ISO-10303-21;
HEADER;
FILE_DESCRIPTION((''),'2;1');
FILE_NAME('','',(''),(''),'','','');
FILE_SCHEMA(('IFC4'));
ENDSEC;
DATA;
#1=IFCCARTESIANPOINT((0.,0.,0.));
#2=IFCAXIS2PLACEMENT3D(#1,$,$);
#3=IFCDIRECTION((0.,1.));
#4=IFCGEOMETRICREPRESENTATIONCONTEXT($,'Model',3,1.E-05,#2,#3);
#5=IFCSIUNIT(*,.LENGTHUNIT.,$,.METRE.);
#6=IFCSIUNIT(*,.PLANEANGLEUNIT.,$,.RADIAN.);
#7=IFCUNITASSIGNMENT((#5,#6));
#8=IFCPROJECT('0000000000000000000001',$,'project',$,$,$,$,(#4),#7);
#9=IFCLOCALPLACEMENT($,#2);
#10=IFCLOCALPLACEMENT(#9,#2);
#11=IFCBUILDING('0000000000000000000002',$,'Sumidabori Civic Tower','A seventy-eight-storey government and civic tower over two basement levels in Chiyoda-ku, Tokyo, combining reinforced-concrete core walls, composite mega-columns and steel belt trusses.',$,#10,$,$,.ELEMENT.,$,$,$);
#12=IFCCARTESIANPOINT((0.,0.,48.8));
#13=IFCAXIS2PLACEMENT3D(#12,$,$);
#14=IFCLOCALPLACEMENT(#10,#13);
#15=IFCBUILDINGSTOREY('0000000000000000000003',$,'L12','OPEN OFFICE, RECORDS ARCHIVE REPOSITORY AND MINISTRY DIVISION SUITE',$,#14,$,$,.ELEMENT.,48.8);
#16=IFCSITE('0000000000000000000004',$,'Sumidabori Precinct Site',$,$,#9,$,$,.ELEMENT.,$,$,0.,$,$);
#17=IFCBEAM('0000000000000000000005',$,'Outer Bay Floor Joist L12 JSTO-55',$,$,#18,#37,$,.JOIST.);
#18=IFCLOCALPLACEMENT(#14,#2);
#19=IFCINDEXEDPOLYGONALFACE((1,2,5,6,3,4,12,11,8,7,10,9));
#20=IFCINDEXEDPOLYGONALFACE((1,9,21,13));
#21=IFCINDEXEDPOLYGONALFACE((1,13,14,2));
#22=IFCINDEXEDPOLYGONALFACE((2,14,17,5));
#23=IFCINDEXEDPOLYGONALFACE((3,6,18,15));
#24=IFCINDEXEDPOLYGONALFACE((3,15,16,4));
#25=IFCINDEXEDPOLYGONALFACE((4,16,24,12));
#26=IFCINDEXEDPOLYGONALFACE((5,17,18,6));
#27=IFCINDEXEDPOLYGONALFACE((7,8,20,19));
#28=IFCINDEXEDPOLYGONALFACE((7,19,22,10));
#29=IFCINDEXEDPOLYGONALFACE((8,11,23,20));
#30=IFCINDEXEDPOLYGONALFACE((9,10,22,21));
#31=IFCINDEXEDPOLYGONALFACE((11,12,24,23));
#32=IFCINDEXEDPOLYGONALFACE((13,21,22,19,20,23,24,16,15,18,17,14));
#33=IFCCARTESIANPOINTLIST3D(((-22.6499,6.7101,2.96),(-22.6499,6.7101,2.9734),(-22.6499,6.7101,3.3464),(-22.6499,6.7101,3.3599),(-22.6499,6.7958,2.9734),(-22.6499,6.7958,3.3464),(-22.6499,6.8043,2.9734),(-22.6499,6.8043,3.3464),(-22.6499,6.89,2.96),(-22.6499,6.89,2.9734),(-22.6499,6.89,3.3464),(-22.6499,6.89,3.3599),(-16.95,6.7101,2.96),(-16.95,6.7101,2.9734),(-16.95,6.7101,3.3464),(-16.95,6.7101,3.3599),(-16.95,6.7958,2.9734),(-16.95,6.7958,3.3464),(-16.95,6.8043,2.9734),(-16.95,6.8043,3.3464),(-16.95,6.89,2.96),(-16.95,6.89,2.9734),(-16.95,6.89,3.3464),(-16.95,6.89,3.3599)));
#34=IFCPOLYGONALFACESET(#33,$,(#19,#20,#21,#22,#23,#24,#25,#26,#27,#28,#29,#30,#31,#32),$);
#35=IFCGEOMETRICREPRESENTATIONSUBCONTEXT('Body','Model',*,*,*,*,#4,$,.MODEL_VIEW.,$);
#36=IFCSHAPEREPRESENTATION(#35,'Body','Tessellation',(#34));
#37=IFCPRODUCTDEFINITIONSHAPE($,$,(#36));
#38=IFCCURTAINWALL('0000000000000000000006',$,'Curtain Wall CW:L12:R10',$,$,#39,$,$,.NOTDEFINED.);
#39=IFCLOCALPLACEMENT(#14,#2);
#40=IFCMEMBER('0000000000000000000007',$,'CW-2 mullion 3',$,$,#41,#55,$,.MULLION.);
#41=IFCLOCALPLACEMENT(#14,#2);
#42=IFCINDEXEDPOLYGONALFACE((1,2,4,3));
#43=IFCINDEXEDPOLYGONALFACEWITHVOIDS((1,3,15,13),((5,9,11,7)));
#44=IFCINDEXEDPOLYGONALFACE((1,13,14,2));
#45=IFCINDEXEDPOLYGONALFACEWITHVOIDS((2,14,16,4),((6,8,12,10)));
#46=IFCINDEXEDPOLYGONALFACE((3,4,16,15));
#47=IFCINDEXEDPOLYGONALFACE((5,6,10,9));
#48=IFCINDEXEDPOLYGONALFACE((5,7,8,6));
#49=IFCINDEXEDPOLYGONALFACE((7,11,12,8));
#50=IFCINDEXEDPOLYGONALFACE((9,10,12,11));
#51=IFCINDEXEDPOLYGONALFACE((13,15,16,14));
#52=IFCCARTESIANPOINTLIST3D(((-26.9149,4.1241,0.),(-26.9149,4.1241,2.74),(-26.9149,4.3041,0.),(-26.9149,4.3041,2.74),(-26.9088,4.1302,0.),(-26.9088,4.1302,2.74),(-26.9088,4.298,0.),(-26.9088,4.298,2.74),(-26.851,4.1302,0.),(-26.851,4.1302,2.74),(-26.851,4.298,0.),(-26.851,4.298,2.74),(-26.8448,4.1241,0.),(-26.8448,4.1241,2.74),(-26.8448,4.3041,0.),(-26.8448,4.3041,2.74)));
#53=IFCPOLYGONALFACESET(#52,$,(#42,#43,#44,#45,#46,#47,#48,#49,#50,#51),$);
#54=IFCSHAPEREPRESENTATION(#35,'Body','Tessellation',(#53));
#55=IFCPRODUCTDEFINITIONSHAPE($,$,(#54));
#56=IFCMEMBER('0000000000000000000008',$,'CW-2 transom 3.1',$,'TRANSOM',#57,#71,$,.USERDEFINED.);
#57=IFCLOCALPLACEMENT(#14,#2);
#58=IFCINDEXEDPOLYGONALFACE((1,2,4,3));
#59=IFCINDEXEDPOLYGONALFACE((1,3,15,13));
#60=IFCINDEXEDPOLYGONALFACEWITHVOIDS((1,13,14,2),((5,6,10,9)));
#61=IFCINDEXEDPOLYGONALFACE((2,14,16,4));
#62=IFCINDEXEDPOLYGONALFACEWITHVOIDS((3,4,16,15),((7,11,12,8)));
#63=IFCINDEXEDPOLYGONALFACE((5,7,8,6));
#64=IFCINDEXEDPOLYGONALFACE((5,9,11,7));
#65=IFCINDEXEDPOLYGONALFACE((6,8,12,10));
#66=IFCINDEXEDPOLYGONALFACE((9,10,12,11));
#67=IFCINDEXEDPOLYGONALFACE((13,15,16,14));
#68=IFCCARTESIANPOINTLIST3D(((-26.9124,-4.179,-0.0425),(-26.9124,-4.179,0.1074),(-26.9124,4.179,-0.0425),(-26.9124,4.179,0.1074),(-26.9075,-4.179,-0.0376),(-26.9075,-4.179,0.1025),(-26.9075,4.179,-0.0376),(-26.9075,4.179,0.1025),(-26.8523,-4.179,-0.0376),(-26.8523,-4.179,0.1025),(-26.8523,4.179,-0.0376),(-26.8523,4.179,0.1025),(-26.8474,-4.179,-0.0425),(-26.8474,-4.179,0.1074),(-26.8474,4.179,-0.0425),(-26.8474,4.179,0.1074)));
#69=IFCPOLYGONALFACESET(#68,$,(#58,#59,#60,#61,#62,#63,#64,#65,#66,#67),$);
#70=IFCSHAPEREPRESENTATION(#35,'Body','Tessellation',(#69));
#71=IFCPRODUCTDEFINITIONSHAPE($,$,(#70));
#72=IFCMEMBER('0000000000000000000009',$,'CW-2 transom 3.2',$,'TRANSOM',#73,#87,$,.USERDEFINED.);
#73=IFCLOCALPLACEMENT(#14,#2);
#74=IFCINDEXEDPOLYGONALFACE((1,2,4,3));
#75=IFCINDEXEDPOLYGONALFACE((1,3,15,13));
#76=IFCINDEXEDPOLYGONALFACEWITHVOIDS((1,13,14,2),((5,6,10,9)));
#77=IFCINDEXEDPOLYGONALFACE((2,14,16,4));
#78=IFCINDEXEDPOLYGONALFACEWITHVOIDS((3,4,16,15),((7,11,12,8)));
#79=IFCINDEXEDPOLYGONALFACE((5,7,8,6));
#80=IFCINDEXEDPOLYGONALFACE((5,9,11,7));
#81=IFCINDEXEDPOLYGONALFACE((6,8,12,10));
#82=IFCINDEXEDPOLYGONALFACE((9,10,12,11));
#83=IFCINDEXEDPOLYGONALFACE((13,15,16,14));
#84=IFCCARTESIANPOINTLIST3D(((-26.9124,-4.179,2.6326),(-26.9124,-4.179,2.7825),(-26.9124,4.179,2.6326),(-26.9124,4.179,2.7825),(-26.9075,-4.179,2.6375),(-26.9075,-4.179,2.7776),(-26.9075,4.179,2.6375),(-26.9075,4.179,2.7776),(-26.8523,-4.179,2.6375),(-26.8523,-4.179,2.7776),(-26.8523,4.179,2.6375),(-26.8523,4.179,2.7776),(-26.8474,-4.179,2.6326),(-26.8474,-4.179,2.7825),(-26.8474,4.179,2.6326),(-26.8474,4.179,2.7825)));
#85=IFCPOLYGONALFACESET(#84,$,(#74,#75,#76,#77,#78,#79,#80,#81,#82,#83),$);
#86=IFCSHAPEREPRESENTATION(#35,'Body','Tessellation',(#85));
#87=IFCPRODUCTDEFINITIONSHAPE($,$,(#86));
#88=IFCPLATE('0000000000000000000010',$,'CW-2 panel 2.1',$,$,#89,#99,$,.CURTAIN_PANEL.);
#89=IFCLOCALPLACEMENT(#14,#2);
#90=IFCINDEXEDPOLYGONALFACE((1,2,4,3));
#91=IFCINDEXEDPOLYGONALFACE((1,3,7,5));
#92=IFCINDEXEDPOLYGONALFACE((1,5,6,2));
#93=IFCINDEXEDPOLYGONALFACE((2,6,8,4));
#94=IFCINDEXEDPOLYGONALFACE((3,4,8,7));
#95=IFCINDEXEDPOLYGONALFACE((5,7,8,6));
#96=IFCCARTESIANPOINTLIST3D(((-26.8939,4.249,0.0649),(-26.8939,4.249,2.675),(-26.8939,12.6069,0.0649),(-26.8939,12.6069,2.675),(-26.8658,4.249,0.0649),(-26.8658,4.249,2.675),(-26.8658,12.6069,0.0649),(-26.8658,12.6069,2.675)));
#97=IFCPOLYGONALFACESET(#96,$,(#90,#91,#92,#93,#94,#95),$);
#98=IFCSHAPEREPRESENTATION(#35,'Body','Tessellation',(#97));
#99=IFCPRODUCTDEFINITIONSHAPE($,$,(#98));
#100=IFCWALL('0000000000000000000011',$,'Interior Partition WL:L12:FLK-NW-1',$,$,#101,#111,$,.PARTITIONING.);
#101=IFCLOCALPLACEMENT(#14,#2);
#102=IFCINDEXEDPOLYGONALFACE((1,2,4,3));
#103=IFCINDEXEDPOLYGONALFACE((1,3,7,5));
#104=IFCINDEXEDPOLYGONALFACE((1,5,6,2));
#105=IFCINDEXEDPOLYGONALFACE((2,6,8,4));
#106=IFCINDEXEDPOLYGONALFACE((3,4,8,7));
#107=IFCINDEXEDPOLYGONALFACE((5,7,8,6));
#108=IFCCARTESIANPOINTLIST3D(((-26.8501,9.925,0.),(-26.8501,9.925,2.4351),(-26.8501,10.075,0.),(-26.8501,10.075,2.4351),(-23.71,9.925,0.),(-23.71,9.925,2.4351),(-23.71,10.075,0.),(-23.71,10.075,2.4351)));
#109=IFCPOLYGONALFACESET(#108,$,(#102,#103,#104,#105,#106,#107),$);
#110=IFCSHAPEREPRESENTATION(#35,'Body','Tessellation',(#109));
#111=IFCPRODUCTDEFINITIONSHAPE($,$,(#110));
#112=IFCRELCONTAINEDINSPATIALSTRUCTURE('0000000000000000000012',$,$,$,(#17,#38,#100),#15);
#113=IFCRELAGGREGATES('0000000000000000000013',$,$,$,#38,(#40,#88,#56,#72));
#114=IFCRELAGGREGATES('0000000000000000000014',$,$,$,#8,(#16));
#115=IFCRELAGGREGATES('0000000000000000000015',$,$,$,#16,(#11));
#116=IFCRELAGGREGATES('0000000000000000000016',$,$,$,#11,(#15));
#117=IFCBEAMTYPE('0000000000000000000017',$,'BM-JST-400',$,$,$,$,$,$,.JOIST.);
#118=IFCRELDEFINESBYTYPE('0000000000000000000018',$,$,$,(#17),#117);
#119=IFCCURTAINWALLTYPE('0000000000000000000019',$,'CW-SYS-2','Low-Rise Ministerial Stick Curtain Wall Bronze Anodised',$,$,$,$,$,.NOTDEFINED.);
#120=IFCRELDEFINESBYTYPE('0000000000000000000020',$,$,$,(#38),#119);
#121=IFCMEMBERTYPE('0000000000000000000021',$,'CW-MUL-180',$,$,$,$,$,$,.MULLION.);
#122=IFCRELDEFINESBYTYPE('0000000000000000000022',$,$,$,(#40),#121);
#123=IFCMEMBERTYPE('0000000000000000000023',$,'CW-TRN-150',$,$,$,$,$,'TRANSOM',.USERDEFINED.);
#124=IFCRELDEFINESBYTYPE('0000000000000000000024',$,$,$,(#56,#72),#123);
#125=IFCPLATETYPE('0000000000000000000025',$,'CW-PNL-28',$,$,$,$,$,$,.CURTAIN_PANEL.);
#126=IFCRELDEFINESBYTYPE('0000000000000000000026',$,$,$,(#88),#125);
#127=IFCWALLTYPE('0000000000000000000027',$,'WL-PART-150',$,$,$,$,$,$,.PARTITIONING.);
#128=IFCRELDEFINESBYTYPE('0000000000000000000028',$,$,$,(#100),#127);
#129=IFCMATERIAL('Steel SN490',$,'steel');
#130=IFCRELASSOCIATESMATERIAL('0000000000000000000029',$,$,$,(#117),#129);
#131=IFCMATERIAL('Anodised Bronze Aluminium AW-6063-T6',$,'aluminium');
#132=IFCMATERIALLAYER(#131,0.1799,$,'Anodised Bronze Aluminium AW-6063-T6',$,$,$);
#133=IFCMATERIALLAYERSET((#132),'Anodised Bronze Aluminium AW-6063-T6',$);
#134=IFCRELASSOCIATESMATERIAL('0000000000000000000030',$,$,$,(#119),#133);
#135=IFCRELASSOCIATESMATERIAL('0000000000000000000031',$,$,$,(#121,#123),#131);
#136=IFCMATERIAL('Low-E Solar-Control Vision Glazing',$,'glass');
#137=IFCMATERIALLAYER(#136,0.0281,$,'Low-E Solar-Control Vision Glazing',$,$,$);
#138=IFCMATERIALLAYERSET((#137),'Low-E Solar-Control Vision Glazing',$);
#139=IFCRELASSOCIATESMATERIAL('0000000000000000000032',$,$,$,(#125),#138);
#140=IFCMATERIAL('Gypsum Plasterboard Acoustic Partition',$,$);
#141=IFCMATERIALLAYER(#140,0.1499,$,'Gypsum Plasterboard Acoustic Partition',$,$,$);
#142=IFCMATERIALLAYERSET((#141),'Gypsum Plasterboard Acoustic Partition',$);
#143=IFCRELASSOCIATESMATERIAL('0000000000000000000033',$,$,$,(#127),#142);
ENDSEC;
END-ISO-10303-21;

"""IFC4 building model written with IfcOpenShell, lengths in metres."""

from ifc_helpers import new_model, si_unit, direction, frame, frame_2d, origin, origin_2d, place, context, subcontext, project, spatial, rectangle, hollow_rectangle, i_section, extrude, source, transform, mapped, material, layer, layer_set, material_profile, profile_set, type_object, element, aggregate, save


model = new_model("IFC4")

# Units and contexts
model_context = context("Model", 3, precision=1e-05, world=origin(), true_north=direction((0.0, 1.0)))
body_context = subcontext(model_context, "Body", "Model", "MODEL_VIEW")
ifc_project = project(units=[si_unit("LENGTHUNIT", "METRE"), si_unit("PLANEANGLEUNIT", "RADIAN")], contexts=[model_context])

# Site, building, storey
site_placement = place(None, origin())
site = spatial("IfcSite", under=ifc_project, at=site_placement, Name="Sumidabori Precinct Site", CompositionType="ELEMENT", RefElevation=0.0)
building_placement = place(site_placement, origin())
building = spatial("IfcBuilding", under=site, at=building_placement, Name="Sumidabori Civic Tower", Description="A seventy-eight-storey government and civic tower over two basement levels in Chiyoda-ku, Tokyo, combining reinforced-concrete core walls, composite mega-columns and steel belt trusses.", CompositionType="ELEMENT")
storey_placement = place(building_placement, frame((0.0, 0.0, 48.8)))
storey = spatial("IfcBuildingStorey", under=building, at=storey_placement, Name="L12", Description="OPEN OFFICE, RECORDS ARCHIVE REPOSITORY AND MINISTRY DIVISION SUITE", CompositionType="ELEMENT", Elevation=48.8)

# Beam
ifc_material_1 = material(Name="Steel SN490", Category="steel")
ifc_material_profile_1 = material_profile(ifc_material_1, i_section(OverallWidth=0.1799, OverallDepth=0.3999, WebThickness=0.0085, FlangeThickness=0.0134, at=origin_2d()), Name="IPE 400")
ifc_profile_set_1 = profile_set([ifc_material_profile_1], Name="Steel SN490")
beam_type_1 = type_object("IfcBeamType", Name="BM-JST-400", PredefinedType="JOIST", material=ifc_profile_set_1)
shared_shape_1 = source(origin(), body_context, "Body", "SweptSolid", [
    extrude(i_section(OverallWidth=0.1799, OverallDepth=0.3999, WebThickness=0.0085, FlangeThickness=0.0134, at=origin_2d()), origin(), (0.0, 0.0, 1.0), 5.7),
])
for number, where, z_axis, x_axis, name in (
    (1, (-22.6499, 6.8, 3.1599), (1.0, 0.0, 0.0), (0.0, 1.0, 0.0), "Outer Bay Floor Joist L12 JSTO-55"),
):
    element("IfcBeam", number, at=place(storey_placement, frame(where, z_axis=z_axis, x_axis=x_axis)), inside=storey, type_object=beam_type_1, Name=name, PredefinedType="JOIST", context=body_context, shape_type="MappedRepresentation", body=[
        mapped(shared_shape_1, transform((0.0, 0.0, 0.0), x_axis=(1.0, 0.0, 0.0), y_axis=(0.0, 1.0, 0.0), z_axis=(0.0, 0.0, 1.0), scale=1.0)),
    ])

# Curtain wall, members, plate
ifc_material_2 = material(Name="Anodised Bronze Aluminium AW-6063-T6", Category="aluminium")
ifc_layer_1 = layer(ifc_material_2, 0.1799, Name="Anodised Bronze Aluminium AW-6063-T6")
ifc_layer_set_1 = layer_set([ifc_layer_1], Name="Anodised Bronze Aluminium AW-6063-T6")
curtain_wall_type = type_object("IfcCurtainWallType", Name="CW-SYS-2", Description="Low-Rise Ministerial Stick Curtain Wall Bronze Anodised", PredefinedType="NOTDEFINED", material=ifc_layer_set_1)
curtain_wall_placement = place(storey_placement, origin())
curtain_wall = element("IfcCurtainWall", 2, at=curtain_wall_placement, inside=storey, type_object=curtain_wall_type, Name="Curtain Wall CW:L12:R10", PredefinedType="NOTDEFINED")
ifc_material_profile_2 = material_profile(ifc_material_2, hollow_rectangle(XDim=0.0701, YDim=0.1799, WallThickness=0.0061, at=origin_2d()), Name="ALU MULLION 180x70")
ifc_profile_set_2 = profile_set([ifc_material_profile_2], Name="Anodised Bronze Aluminium AW-6063-T6")
member_type_1 = type_object("IfcMemberType", Name="CW-MUL-180", PredefinedType="MULLION", material=ifc_profile_set_2)
shared_shape_2 = source(origin(), body_context, "Body", "SweptSolid", [
    extrude(hollow_rectangle(XDim=0.0701, YDim=0.1799, WallThickness=0.0061, at=origin_2d()), origin(), (0.0, 0.0, 1.0), 2.74),
])
member_1_placement = place(storey_placement, frame((-26.8799, 4.2141, 0.0), z_axis=(0.0, 0.0, 1.0), x_axis=(1.0, 0.0, 0.0)))
member_1 = element("IfcMember", 3, at=member_1_placement, type_object=member_type_1, Name="CW-2 mullion 3", PredefinedType="MULLION", context=body_context, shape_type="MappedRepresentation", body=[
    mapped(shared_shape_2, transform((0.0, 0.0, 0.0), x_axis=(1.0, 0.0, 0.0), y_axis=(0.0, 1.0, 0.0), z_axis=(0.0, 0.0, 1.0), scale=1.0)),
])
ifc_material_profile_3 = material_profile(ifc_material_2, hollow_rectangle(XDim=0.0649, YDim=0.1499, WallThickness=0.0049, at=origin_2d()), Name="ALU TRANSOM 150x65")
ifc_profile_set_3 = profile_set([ifc_material_profile_3], Name="Anodised Bronze Aluminium AW-6063-T6")
member_type_2 = type_object("IfcMemberType", Name="CW-TRN-150", ElementType="TRANSOM", PredefinedType="USERDEFINED", material=ifc_profile_set_3)
shared_shape_3 = source(origin(), body_context, "Body", "SweptSolid", [
    extrude(hollow_rectangle(XDim=0.0649, YDim=0.1499, WallThickness=0.0049, at=origin_2d()), origin(), (0.0, 0.0, 1.0), 8.3579),
])
member_2_placement = place(storey_placement, frame((-26.8799, 4.179, 0.0325), z_axis=(0.0, -1.0, 0.0), x_axis=(1.0, 0.0, 0.0)))
member_2 = element("IfcMember", 4, at=member_2_placement, type_object=member_type_2, Name="CW-2 transom 3.1", ObjectType="TRANSOM", PredefinedType="USERDEFINED", context=body_context, shape_type="MappedRepresentation", body=[
    mapped(shared_shape_3, transform((0.0, 0.0, 0.0), x_axis=(1.0, 0.0, 0.0), y_axis=(0.0, 1.0, 0.0), z_axis=(0.0, 0.0, 1.0), scale=1.0)),
])
member_3_placement = place(storey_placement, frame((-26.8799, 4.179, 2.7075), z_axis=(0.0, -1.0, 0.0), x_axis=(1.0, 0.0, 0.0)))
member_3 = element("IfcMember", 5, at=member_3_placement, type_object=member_type_2, Name="CW-2 transom 3.2", ObjectType="TRANSOM", PredefinedType="USERDEFINED", context=body_context, shape_type="MappedRepresentation", body=[
    mapped(shared_shape_3, transform((0.0, 0.0, 0.0), x_axis=(1.0, 0.0, 0.0), y_axis=(0.0, 1.0, 0.0), z_axis=(0.0, 0.0, 1.0), scale=1.0)),
])
ifc_material_3 = material(Name="Low-E Solar-Control Vision Glazing", Category="glass")
ifc_layer_2 = layer(ifc_material_3, 0.0281, Name="Low-E Solar-Control Vision Glazing")
ifc_layer_set_2 = layer_set([ifc_layer_2], Name="Low-E Solar-Control Vision Glazing")
plate_type = type_object("IfcPlateType", Name="CW-PNL-28", PredefinedType="CURTAIN_PANEL", material=ifc_layer_set_2)
shared_shape_4 = source(origin(), body_context, "Body", "SweptSolid", [
    extrude(rectangle(XDim=8.3579, YDim=0.0281, at=origin_2d()), origin(), (0.0, 0.0, 1.0), 2.6101),
])
plate_placement = place(storey_placement, frame((-26.8799, 8.428, 0.0649), z_axis=(0.0, 0.0, 1.0), x_axis=(0.0, -1.0, 0.0)))
plate = element("IfcPlate", 6, at=plate_placement, type_object=plate_type, Name="CW-2 panel 2.1", PredefinedType="CURTAIN_PANEL", context=body_context, shape_type="MappedRepresentation", body=[
    mapped(shared_shape_4, transform((0.0, 0.0, 0.0), x_axis=(1.0, 0.0, 0.0), y_axis=(0.0, 1.0, 0.0), z_axis=(0.0, 0.0, 1.0), scale=1.0)),
])
aggregate(curtain_wall, [member_1, plate, member_2, member_3])

# Wall
ifc_material_4 = material(Name="Gypsum Plasterboard Acoustic Partition")
ifc_layer_3 = layer(ifc_material_4, 0.1499, Name="Gypsum Plasterboard Acoustic Partition")
ifc_layer_set_3 = layer_set([ifc_layer_3], Name="Gypsum Plasterboard Acoustic Partition")
wall_type = type_object("IfcWallType", Name="WL-PART-150", PredefinedType="PARTITIONING", material=ifc_layer_set_3)
shared_shape_5 = source(origin(), body_context, "Body", "SweptSolid", [
    extrude(rectangle(XDim=3.1401, YDim=0.1499, at=frame_2d((1.5701, 0.0))), origin(), (0.0, 0.0, 1.0), 2.4351),
])
wall_1_placement = place(storey_placement, frame((-26.8501, 10.0, 0.0), z_axis=(0.0, 0.0, 1.0), x_axis=(1.0, 0.0, 0.0)))
element("IfcWall", 7, at=wall_1_placement, inside=storey, type_object=wall_type, Name="Interior Partition WL:L12:FLK-NW-1", PredefinedType="PARTITIONING", context=body_context, shape_type="MappedRepresentation", body=[
    mapped(shared_shape_5, transform((0.0, 0.0, 0.0), x_axis=(1.0, 0.0, 0.0), y_axis=(0.0, 1.0, 0.0), z_axis=(0.0, 0.0, 1.0), scale=1.0)),
])

save(model, "model.ifc")
